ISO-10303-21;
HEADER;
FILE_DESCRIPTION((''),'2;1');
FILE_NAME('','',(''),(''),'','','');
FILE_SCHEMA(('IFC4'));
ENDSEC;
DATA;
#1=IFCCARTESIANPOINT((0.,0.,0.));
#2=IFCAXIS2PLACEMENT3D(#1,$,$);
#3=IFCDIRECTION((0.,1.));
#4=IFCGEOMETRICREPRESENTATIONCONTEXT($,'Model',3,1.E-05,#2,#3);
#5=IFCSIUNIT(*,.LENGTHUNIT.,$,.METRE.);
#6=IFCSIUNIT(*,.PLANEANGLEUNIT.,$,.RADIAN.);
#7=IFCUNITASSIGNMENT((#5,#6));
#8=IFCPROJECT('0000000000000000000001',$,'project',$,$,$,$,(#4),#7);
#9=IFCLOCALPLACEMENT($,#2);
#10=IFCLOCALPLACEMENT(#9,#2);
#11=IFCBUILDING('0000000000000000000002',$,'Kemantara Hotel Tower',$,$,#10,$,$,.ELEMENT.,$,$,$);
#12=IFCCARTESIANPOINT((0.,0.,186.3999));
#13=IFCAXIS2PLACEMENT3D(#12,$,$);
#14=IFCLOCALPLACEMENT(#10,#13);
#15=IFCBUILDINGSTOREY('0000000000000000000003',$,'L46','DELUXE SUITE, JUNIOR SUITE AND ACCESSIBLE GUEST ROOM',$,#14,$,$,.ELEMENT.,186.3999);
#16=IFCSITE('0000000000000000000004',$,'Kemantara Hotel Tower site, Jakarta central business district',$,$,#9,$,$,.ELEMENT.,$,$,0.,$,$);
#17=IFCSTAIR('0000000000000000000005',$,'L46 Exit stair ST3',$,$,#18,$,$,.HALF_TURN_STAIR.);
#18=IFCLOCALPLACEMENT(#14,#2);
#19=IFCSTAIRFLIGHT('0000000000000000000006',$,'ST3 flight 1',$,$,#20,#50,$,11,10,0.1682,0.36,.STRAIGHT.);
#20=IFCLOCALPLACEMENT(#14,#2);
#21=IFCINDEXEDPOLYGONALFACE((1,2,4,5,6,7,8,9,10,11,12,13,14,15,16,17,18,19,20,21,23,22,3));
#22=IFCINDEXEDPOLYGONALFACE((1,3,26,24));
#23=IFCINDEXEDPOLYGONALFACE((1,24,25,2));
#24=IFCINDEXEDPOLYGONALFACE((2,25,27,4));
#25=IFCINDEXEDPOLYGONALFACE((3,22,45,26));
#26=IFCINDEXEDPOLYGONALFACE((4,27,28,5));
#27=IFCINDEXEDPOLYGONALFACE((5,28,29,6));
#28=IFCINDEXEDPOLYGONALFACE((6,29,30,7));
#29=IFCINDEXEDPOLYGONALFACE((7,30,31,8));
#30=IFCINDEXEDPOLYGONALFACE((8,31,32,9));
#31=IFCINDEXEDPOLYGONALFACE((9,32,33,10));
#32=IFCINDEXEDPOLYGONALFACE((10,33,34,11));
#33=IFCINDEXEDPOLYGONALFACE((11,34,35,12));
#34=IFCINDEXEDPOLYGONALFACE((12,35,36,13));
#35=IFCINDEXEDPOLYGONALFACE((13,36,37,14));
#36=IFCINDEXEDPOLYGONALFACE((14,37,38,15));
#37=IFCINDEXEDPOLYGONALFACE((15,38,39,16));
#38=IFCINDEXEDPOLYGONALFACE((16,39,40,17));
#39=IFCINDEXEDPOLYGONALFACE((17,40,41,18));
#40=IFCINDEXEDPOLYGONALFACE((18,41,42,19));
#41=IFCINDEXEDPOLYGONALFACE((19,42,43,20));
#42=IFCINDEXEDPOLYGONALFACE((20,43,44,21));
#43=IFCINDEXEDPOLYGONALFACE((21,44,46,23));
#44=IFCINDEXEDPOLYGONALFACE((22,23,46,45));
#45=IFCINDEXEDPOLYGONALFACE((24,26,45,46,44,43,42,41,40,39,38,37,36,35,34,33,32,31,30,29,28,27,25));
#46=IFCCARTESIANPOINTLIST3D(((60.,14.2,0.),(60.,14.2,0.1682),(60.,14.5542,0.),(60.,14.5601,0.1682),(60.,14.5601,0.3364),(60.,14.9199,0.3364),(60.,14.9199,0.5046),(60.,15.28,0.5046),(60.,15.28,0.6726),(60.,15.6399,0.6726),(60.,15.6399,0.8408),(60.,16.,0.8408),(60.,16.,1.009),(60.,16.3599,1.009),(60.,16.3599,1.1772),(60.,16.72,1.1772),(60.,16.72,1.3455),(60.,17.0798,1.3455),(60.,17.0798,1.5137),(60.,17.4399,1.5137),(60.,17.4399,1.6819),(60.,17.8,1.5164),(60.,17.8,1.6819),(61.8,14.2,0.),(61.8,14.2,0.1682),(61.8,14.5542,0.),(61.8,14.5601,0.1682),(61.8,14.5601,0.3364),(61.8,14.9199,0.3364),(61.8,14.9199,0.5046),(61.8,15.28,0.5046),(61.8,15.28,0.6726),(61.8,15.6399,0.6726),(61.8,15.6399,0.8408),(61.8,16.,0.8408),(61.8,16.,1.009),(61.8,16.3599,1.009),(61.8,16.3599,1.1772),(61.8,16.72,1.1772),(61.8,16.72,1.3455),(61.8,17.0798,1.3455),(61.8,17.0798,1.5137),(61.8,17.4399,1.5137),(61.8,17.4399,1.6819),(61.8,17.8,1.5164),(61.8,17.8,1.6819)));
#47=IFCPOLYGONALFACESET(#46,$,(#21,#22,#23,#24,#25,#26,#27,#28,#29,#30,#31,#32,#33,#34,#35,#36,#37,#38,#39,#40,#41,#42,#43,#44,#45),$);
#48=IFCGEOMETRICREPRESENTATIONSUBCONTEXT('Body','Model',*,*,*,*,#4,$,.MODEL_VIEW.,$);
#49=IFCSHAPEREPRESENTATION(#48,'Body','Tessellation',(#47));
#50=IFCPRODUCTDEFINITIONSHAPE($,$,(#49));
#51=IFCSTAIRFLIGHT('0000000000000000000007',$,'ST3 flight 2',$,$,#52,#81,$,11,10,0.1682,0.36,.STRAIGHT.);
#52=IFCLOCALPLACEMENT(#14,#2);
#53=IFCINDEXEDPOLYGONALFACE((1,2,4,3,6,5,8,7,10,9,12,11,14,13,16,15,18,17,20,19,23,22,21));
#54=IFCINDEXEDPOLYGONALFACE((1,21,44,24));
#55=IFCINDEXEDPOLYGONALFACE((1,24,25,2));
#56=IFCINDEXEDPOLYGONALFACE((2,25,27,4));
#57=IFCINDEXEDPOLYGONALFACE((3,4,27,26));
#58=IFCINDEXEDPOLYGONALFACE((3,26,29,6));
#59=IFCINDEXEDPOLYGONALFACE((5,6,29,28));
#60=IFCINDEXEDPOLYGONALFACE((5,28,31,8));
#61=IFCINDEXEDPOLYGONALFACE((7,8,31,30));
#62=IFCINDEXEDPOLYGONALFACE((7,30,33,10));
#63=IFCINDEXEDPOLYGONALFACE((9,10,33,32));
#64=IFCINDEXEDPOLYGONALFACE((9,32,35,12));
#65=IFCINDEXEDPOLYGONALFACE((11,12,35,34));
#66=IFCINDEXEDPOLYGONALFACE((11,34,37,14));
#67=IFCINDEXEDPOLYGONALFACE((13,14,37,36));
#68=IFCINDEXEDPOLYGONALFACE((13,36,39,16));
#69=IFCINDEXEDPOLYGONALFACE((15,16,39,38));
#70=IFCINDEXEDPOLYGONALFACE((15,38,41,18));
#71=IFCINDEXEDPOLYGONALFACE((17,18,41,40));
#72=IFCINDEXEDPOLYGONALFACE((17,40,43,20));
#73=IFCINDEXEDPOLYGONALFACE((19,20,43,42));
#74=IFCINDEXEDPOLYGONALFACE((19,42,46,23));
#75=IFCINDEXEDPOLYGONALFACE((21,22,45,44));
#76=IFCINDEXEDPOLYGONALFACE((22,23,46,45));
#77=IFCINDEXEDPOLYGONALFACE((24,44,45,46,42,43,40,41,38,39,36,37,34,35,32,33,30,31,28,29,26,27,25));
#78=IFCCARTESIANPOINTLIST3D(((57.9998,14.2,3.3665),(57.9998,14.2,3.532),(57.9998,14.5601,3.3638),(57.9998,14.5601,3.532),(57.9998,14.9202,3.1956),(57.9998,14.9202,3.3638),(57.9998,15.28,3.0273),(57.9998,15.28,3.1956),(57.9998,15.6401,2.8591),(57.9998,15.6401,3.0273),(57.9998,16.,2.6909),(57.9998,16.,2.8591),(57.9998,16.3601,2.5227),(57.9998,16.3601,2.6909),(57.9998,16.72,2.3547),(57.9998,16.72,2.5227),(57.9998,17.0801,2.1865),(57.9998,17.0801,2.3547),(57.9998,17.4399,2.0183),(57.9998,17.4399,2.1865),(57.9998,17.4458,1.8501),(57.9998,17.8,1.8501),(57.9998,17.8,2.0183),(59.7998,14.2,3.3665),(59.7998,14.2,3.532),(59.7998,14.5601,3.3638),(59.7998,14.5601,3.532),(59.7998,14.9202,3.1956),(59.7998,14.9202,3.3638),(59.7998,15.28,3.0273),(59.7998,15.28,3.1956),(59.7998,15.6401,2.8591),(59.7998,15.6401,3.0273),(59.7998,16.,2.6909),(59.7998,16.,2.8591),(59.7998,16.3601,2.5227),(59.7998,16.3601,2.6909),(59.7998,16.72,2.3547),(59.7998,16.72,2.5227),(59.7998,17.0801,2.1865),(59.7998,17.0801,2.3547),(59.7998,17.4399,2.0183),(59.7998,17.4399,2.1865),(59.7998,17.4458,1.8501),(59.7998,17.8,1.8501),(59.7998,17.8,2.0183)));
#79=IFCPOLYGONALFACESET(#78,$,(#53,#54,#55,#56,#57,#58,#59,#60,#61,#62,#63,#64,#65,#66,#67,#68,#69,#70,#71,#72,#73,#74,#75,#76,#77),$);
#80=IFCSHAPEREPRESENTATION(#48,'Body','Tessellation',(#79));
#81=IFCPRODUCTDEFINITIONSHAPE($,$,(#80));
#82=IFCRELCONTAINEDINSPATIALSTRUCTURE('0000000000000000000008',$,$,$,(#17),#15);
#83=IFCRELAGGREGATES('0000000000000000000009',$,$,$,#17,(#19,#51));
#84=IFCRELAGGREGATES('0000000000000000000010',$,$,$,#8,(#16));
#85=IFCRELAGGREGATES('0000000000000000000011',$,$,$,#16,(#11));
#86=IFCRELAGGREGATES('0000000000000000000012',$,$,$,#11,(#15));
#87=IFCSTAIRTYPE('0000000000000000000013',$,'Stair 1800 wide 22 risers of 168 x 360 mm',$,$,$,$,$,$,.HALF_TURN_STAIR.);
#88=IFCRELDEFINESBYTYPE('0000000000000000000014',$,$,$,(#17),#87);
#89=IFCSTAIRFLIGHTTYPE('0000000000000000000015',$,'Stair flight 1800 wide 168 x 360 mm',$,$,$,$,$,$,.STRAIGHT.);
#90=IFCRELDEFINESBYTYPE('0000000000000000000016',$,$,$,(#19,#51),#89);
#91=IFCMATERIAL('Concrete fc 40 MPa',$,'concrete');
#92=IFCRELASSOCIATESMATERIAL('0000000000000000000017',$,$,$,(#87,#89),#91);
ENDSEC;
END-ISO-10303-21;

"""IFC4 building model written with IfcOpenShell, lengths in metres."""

from ifc_helpers import new_model, si_unit, direction, frame, origin, place, context, subcontext, project, spatial, polyline, outline, extrude, material, type_object, element, aggregate, save


model = new_model("IFC4")

# Units and contexts
model_context = context("Model", 3, precision=1e-05, world=origin(), true_north=direction((0.0, 1.0)))
body_context = subcontext(model_context, "Body", "Model", "MODEL_VIEW")
ifc_project = project(units=[si_unit("LENGTHUNIT", "METRE"), si_unit("PLANEANGLEUNIT", "RADIAN")], contexts=[model_context])

# Site, building, storey
site_placement = place(None, origin())
site = spatial("IfcSite", under=ifc_project, at=site_placement, Name="Kemantara Hotel Tower site, Jakarta central business district", CompositionType="ELEMENT", RefElevation=0.0)
building_placement = place(site_placement, origin())
building = spatial("IfcBuilding", under=site, at=building_placement, Name="Kemantara Hotel Tower", CompositionType="ELEMENT")
storey_placement = place(building_placement, frame((0.0, 0.0, 186.3999)))
storey = spatial("IfcBuildingStorey", under=building, at=storey_placement, Name="L46", Description="DELUXE SUITE, JUNIOR SUITE AND ACCESSIBLE GUEST ROOM", CompositionType="ELEMENT", Elevation=186.3999)

# Shared definitions
ifc_material_1 = material(Name="Concrete fc 40 MPa", Category="concrete")

# Stair, stair flights
stair_type = type_object("IfcStairType", Name="Stair 1800 wide 22 risers of 168 x 360 mm", PredefinedType="HALF_TURN_STAIR", material=ifc_material_1)
stair_placement = place(storey_placement, origin())
stair = element("IfcStair", 1, at=stair_placement, inside=storey, type_object=stair_type, Name="L46 Exit stair ST3", PredefinedType="HALF_TURN_STAIR")
stair_flight_type = type_object("IfcStairFlightType", Name="Stair flight 1800 wide 168 x 360 mm", PredefinedType="STRAIGHT", material=ifc_material_1)
stair_flight_1_placement = place(storey_placement, frame((60.8999, 14.2, 0.0), z_axis=(0.0, 0.0, 1.0), x_axis=(0.0, 1.0, 0.0)))
stair_flight_1 = element("IfcStairFlight", 2, at=stair_flight_1_placement, type_object=stair_flight_type, Name="ST3 flight 1", NumberOfRisers=11, NumberOfTreads=10, PredefinedType="STRAIGHT", RiserHeight=0.1682, TreadLength=0.36, context=body_context, shape_type="SweptSolid", body=[
    extrude(outline(polyline([(0.0, 0.0), (0.0, 0.1682), (0.3601, 0.1682), (0.3601, 0.3364), (0.72, 0.3364), (0.72, 0.5046), (1.0801, 0.5046), (1.0801, 0.6726), (1.4399, 0.6726), (1.4399, 0.8408), (1.8, 0.8408), (1.8, 1.009), (2.1599, 1.009), (2.1599, 1.1772), (2.52, 1.1772), (2.52, 1.3455), (2.8799, 1.3455), (2.8799, 1.5137), (3.24, 1.5137), (3.24, 1.6819), (3.6001, 1.6819), (3.6001, 1.8501), (3.6001, 1.5164), (0.3542, 0.0), (0.0, 0.0)])), frame((0.0, 0.8999, 0.0), z_axis=(0.0, -1.0, 0.0), x_axis=(1.0, 0.0, 0.0)), (0.0, 0.0, 1.0), 1.8),
])
stair_flight_2_placement = place(storey_placement, frame((58.8999, 17.8, 1.8501), z_axis=(0.0, 0.0, 1.0), x_axis=(0.0, -1.0, 0.0)))
stair_flight_2 = element("IfcStairFlight", 3, at=stair_flight_2_placement, type_object=stair_flight_type, Name="ST3 flight 2", NumberOfRisers=11, NumberOfTreads=10, PredefinedType="STRAIGHT", RiserHeight=0.1682, TreadLength=0.36, context=body_context, shape_type="SweptSolid", body=[
    extrude(outline(polyline([(0.0, 0.0), (0.0, 0.1682), (0.3601, 0.1682), (0.3601, 0.3364), (0.72, 0.3364), (0.72, 0.5046), (1.0801, 0.5046), (1.0801, 0.6726), (1.4399, 0.6726), (1.4399, 0.8408), (1.8, 0.8408), (1.8, 1.009), (2.1599, 1.009), (2.1599, 1.1772), (2.52, 1.1772), (2.52, 1.3455), (2.8799, 1.3455), (2.8799, 1.5137), (3.24, 1.5137), (3.24, 1.6819), (3.6001, 1.6819), (3.6001, 1.8501), (3.6001, 1.5164), (0.3542, 0.0), (0.0, 0.0)])), frame((0.0, 0.8999, 0.0), z_axis=(0.0, -1.0, 0.0), x_axis=(1.0, 0.0, 0.0)), (0.0, 0.0, 1.0), 1.8),
])
aggregate(stair, [stair_flight_1, stair_flight_2])

save(model, "model.ifc")
